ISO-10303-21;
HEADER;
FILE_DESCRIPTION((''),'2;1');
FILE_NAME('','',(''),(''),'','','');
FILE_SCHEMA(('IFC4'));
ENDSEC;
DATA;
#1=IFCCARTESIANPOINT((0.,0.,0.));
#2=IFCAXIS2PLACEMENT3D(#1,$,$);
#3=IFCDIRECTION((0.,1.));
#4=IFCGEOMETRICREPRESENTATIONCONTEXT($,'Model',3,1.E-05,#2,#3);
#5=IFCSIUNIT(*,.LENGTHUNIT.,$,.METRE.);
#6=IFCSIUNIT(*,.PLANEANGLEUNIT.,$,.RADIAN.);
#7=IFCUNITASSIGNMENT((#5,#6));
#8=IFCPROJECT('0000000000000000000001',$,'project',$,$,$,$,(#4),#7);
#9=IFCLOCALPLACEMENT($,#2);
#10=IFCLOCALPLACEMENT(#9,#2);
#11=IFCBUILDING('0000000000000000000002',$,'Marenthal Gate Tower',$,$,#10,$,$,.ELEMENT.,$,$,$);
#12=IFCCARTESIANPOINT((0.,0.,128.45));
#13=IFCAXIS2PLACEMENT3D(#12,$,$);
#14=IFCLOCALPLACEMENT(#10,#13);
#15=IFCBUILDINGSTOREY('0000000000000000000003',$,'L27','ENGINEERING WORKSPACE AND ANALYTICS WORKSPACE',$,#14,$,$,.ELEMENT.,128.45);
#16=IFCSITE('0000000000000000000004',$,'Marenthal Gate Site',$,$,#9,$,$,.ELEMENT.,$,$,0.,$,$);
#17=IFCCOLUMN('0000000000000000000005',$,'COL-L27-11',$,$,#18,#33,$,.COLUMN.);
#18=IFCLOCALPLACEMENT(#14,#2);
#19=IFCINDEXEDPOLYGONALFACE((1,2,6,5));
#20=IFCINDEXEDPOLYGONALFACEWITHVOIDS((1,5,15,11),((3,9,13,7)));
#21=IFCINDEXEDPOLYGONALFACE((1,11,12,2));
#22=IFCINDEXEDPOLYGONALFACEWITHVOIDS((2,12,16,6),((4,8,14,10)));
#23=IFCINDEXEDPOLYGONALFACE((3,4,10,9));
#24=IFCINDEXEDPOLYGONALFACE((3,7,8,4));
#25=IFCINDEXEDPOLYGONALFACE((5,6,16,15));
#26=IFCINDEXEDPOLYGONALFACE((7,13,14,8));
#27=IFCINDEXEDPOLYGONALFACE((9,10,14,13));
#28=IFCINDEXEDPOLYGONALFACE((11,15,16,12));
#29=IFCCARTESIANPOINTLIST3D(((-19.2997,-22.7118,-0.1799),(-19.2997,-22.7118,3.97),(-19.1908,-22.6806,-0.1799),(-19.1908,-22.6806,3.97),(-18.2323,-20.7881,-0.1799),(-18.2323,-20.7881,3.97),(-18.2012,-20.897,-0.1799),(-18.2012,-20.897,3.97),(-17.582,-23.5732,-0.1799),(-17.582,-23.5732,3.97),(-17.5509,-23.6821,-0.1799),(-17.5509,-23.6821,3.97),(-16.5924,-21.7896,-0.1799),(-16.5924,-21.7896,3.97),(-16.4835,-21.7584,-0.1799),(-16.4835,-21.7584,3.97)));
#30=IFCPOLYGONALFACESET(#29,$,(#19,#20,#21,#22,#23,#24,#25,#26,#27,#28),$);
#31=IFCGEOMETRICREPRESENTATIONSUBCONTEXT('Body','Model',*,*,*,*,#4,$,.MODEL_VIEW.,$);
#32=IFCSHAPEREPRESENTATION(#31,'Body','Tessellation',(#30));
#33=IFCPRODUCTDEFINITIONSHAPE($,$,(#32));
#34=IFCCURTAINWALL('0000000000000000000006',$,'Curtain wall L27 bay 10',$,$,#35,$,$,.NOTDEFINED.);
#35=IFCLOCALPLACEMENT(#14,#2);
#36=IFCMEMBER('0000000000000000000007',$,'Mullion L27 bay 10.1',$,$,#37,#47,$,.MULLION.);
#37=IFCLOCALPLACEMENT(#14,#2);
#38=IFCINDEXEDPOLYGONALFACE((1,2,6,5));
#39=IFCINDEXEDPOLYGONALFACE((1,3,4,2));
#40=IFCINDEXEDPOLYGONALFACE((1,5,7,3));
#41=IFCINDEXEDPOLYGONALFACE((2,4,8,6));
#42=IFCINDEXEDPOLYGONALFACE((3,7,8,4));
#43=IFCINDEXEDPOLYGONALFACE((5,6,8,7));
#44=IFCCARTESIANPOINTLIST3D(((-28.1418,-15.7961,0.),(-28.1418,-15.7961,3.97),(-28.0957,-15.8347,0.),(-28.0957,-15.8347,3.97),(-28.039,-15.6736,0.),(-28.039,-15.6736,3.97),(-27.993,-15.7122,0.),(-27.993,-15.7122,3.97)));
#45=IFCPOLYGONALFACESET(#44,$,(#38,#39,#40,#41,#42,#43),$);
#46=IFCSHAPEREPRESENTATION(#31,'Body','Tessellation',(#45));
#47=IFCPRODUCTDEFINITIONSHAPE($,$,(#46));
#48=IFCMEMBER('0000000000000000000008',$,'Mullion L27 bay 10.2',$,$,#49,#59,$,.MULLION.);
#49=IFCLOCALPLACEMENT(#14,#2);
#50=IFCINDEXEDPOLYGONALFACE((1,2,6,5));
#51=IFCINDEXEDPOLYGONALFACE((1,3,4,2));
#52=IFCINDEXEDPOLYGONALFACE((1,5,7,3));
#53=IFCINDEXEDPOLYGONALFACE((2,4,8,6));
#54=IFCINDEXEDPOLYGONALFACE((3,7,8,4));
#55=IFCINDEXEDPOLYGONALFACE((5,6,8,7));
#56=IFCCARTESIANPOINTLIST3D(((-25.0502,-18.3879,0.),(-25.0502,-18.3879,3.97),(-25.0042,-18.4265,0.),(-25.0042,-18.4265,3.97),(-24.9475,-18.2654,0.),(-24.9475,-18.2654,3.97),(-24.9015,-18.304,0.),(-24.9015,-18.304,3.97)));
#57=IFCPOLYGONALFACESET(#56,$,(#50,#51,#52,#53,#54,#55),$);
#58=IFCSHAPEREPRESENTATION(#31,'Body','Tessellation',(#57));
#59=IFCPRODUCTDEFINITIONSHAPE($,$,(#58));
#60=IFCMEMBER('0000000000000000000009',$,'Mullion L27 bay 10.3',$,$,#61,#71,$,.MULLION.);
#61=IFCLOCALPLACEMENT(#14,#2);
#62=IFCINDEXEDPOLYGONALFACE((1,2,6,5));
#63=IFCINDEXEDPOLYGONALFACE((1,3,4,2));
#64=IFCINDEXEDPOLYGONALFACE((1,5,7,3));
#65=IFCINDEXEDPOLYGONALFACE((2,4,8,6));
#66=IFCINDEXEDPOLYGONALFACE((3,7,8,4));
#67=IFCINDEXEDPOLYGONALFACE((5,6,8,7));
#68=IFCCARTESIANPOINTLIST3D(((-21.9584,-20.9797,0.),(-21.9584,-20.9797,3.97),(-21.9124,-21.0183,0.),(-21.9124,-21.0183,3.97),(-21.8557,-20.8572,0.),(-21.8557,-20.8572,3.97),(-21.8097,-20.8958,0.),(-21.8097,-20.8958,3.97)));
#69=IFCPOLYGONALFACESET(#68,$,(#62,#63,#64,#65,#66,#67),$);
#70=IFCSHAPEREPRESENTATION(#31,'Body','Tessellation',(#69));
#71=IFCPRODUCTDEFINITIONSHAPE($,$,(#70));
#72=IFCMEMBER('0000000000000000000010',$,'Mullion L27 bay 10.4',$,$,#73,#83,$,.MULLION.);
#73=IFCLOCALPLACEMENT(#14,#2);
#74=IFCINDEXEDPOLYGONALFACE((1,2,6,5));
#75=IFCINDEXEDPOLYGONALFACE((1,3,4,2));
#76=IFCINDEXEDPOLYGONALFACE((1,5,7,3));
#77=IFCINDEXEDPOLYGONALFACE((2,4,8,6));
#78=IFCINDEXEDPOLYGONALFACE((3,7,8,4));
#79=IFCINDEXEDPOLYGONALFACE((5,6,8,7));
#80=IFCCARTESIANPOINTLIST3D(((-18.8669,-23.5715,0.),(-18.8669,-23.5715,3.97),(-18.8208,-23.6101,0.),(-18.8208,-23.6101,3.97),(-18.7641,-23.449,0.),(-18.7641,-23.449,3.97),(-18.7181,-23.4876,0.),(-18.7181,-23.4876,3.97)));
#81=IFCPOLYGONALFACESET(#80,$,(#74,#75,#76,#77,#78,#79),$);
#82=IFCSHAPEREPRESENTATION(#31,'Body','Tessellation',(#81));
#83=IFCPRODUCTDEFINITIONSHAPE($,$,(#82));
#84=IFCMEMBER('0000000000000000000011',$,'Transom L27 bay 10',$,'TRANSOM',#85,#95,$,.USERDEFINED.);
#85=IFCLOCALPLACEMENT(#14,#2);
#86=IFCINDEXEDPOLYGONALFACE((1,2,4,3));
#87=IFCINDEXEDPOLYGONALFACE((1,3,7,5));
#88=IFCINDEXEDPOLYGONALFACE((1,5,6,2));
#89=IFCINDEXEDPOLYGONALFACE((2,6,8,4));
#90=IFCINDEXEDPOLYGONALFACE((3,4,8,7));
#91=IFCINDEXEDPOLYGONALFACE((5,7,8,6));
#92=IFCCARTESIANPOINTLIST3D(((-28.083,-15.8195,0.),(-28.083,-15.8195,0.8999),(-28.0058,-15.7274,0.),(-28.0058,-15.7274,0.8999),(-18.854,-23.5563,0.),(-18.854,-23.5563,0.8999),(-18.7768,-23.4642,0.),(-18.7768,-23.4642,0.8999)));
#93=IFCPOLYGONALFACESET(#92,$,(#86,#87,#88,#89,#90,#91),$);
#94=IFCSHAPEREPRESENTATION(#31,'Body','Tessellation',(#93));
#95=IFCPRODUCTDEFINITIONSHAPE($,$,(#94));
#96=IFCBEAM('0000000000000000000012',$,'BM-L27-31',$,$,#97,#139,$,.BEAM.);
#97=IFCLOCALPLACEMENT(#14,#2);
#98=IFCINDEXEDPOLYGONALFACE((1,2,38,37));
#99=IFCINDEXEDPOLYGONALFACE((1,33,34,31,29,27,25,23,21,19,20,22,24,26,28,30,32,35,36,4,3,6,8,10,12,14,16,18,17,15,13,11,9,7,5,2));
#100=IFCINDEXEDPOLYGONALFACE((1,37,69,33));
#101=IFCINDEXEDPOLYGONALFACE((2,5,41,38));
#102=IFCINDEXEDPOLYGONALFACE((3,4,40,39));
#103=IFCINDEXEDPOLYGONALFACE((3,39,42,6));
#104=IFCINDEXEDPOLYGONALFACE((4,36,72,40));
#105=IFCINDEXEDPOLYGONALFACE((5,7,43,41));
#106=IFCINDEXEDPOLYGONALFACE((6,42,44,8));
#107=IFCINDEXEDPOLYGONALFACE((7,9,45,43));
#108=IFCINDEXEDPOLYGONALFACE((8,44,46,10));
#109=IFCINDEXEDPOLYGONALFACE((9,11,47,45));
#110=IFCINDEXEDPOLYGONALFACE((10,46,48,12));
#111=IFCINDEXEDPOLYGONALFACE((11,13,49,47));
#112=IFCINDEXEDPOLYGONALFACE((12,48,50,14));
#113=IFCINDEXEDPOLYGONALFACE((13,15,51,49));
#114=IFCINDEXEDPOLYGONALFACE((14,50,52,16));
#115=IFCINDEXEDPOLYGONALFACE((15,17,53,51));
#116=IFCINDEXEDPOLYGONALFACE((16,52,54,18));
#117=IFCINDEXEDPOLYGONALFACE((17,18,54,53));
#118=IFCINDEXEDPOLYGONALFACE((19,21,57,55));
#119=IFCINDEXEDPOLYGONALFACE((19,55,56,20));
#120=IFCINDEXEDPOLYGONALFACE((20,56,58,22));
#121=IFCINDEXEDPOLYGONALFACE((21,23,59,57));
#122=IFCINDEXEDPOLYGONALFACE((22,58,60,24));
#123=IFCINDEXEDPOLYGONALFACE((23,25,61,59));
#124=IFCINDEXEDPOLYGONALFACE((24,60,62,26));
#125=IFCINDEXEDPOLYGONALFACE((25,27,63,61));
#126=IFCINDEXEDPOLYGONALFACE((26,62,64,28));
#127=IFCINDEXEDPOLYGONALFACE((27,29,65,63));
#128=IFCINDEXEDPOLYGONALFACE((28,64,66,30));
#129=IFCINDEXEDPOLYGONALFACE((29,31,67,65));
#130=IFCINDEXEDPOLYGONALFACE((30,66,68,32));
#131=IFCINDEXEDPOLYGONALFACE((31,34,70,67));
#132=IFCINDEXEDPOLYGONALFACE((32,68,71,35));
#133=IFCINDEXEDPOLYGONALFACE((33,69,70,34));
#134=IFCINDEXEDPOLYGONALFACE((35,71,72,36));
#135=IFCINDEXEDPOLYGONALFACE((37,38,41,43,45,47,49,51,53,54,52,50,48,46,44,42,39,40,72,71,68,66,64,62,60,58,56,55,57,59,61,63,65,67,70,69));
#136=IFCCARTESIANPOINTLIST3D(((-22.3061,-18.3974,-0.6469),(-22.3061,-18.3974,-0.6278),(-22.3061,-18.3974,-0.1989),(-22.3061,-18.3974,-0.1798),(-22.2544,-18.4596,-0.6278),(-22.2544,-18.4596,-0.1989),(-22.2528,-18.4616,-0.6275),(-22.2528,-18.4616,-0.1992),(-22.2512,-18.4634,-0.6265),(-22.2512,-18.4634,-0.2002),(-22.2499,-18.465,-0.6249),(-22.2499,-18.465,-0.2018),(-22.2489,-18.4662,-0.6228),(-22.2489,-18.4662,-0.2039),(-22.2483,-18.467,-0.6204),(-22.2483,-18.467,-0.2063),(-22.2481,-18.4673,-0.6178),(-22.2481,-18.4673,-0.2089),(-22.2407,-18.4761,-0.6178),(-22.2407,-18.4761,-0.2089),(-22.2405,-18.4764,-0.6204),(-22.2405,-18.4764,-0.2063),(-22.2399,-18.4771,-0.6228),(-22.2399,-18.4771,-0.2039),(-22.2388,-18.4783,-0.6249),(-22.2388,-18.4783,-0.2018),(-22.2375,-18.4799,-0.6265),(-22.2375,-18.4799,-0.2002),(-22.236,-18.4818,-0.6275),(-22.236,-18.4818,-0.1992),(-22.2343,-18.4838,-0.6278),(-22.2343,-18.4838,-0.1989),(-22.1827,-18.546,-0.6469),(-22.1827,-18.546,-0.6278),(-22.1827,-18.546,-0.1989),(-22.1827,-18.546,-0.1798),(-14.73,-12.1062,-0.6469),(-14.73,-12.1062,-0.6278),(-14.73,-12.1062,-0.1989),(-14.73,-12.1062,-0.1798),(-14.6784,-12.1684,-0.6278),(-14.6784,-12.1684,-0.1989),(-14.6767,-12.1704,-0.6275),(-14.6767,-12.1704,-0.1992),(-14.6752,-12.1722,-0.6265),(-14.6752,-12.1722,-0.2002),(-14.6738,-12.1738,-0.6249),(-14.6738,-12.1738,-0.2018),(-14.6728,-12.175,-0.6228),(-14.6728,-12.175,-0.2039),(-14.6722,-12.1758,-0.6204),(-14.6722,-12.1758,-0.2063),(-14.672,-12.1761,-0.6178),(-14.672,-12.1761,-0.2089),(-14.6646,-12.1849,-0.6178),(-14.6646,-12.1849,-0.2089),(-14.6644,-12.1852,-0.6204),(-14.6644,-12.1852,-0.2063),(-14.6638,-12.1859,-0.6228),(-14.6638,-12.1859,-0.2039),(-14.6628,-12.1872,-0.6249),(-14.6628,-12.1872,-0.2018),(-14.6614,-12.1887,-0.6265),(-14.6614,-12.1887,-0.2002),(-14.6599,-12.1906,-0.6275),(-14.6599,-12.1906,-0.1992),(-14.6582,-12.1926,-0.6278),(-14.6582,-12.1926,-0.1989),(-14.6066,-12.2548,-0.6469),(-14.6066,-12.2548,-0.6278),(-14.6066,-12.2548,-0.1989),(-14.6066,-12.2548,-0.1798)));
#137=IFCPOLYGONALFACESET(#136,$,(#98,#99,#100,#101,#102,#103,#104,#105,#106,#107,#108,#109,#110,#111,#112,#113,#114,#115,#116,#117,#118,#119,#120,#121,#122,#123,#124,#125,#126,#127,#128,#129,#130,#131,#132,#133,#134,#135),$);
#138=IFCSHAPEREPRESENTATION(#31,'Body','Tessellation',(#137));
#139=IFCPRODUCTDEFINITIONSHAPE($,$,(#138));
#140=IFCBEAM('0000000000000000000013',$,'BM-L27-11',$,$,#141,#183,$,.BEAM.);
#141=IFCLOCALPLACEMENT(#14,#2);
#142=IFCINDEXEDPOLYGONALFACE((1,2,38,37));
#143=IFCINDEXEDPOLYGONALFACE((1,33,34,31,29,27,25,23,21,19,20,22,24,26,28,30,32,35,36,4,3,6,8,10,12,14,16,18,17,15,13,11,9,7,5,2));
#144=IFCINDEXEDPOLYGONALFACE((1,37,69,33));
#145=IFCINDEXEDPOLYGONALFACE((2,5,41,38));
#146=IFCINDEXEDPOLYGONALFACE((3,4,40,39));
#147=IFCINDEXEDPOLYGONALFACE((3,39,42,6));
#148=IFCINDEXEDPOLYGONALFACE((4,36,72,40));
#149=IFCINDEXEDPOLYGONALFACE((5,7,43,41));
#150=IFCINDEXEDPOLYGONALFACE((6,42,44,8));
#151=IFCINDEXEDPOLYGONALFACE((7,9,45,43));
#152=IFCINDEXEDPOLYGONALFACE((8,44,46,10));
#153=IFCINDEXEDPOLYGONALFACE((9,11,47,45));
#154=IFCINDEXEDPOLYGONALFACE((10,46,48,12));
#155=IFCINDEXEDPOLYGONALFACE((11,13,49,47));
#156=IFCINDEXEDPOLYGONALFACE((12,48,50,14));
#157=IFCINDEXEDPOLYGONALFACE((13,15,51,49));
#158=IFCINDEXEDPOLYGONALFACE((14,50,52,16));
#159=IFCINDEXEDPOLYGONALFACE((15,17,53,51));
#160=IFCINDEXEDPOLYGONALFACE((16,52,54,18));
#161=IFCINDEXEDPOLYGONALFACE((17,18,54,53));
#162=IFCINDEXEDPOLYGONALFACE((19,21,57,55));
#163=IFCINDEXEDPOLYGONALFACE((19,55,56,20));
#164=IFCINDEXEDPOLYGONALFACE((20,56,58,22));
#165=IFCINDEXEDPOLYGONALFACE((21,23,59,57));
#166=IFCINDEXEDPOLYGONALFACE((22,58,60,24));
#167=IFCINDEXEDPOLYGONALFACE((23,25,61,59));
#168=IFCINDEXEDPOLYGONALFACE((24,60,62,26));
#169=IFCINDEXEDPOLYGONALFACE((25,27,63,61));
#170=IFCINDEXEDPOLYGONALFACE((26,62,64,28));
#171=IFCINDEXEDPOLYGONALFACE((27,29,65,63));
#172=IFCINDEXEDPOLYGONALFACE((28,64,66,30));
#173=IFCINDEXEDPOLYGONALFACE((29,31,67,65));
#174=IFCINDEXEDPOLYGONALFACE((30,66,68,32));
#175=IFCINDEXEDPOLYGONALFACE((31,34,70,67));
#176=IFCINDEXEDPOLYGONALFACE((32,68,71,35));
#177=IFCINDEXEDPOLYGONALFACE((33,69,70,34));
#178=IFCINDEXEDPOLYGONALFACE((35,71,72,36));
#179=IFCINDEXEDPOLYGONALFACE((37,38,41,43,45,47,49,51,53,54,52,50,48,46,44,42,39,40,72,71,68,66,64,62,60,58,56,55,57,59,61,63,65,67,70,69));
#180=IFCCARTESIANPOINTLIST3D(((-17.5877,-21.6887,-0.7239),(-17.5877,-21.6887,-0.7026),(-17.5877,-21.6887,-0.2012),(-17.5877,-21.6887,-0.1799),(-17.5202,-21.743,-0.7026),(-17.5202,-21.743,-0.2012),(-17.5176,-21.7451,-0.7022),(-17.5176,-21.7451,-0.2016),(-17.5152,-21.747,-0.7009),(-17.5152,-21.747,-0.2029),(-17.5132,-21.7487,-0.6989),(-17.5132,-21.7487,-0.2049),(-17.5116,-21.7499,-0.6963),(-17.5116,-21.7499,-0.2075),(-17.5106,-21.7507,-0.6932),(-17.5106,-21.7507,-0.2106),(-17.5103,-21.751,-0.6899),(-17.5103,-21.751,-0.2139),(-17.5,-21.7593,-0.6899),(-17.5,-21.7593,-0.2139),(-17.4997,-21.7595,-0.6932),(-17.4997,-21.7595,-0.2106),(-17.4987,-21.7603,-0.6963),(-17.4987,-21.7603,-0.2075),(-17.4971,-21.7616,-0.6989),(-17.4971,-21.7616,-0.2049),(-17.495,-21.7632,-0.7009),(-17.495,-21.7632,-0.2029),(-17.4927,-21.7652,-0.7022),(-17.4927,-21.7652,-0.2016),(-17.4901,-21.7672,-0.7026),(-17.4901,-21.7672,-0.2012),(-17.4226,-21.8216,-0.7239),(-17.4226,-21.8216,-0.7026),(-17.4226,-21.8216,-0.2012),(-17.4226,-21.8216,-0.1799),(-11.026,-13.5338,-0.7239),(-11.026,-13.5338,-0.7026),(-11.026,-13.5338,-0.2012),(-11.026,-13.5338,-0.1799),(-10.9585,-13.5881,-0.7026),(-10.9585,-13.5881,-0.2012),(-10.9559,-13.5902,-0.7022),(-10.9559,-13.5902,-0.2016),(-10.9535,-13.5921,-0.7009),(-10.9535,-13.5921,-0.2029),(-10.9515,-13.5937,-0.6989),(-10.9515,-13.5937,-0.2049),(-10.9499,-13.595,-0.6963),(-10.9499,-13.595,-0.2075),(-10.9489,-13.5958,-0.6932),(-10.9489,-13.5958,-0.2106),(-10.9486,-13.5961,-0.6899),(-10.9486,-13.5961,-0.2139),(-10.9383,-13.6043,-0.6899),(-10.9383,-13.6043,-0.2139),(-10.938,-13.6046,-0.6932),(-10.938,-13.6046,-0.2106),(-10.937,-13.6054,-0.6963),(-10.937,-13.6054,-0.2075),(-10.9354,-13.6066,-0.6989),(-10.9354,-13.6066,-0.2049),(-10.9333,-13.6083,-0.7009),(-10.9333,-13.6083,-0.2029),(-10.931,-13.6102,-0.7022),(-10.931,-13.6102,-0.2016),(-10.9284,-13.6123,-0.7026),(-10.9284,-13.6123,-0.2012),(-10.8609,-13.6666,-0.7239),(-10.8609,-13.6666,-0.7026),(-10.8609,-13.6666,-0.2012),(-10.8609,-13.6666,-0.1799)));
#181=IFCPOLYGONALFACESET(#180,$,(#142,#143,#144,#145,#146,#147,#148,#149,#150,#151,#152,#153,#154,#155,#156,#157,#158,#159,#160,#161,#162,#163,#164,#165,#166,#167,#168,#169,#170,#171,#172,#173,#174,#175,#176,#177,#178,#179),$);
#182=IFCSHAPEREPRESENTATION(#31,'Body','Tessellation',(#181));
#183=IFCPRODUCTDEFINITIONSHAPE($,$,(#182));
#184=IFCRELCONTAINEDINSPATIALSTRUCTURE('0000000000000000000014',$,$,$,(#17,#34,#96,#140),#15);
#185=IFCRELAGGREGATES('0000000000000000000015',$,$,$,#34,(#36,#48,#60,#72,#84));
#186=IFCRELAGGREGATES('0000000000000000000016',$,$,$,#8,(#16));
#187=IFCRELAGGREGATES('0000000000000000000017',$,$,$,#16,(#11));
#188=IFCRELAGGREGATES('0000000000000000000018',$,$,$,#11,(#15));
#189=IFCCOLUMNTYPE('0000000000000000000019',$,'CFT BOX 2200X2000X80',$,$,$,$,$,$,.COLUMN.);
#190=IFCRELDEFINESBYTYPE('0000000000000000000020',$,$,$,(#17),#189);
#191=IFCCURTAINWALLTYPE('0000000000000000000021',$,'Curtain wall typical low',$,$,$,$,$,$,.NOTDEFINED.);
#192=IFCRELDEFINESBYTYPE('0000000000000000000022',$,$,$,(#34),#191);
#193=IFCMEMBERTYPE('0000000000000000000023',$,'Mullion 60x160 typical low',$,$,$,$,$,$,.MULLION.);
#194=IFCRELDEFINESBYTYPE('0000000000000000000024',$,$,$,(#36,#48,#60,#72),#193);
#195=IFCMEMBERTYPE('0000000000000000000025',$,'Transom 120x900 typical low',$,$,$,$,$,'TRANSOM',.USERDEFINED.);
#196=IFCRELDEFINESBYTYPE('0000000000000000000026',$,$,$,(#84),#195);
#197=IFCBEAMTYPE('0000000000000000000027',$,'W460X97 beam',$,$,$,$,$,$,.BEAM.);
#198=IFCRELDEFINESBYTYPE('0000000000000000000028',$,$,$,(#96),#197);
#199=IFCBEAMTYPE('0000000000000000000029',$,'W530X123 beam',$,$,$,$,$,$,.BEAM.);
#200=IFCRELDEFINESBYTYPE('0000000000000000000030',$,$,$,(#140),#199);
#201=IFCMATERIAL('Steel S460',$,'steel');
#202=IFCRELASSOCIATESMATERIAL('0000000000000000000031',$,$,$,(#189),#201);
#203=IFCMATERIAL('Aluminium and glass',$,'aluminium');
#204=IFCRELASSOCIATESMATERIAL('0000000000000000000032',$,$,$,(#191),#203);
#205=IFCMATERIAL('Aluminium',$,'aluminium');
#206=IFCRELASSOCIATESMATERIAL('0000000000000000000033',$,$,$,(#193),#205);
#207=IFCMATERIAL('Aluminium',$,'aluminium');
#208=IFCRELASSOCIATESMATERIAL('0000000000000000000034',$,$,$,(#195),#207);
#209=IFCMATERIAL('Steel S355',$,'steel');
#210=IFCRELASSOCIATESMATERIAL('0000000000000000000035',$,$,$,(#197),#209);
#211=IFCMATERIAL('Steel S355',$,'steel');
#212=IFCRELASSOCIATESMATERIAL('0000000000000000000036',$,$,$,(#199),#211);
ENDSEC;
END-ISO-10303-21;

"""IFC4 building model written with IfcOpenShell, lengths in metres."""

from ifc_helpers import new_model, si_unit, direction, frame, origin, origin_2d, place, context, subcontext, project, spatial, rectangle, hollow_rectangle, i_section, extrude, material, material_profile, profile_set, type_object, element, aggregate, save


model = new_model("IFC4")

# Units and contexts
model_context = context("Model", 3, precision=1e-05, world=origin(), true_north=direction((0.0, 1.0)))
body_context = subcontext(model_context, "Body", "Model", "MODEL_VIEW")
ifc_project = project(units=[si_unit("LENGTHUNIT", "METRE"), si_unit("PLANEANGLEUNIT", "RADIAN")], contexts=[model_context])

# Site, building, storey
site_placement = place(None, origin())
site = spatial("IfcSite", under=ifc_project, at=site_placement, Name="Marenthal Gate Site", CompositionType="ELEMENT", RefElevation=0.0)
building_placement = place(site_placement, origin())
building = spatial("IfcBuilding", under=site, at=building_placement, Name="Marenthal Gate Tower", CompositionType="ELEMENT")
storey_placement = place(building_placement, frame((0.0, 0.0, 128.45)))
storey = spatial("IfcBuildingStorey", under=building, at=storey_placement, Name="L27", Description="ENGINEERING WORKSPACE AND ANALYTICS WORKSPACE", CompositionType="ELEMENT", Elevation=128.45)

# Column
ifc_material_1 = material(Name="Steel S460", Category="steel")
ifc_material_profile_1 = material_profile(ifc_material_1, hollow_rectangle(XDim=2.0, YDim=2.2, WallThickness=0.0801, at=origin_2d()), Name="CFT BOX 2200X2000X80")
ifc_material_2 = material(Name="Concrete 70 MPa", Category="concrete")
ifc_material_profile_2 = material_profile(ifc_material_2, rectangle(XDim=1.8401, YDim=2.04, at=origin_2d()), Name="CFT BOX 2200X2000X80 INFILL")
ifc_profile_set_1 = profile_set([ifc_material_profile_1, ifc_material_profile_2], Name="Steel S460 shell, Concrete 70 MPa infill")
column_type = type_object("IfcColumnType", Name="CFT BOX 2200X2000X80", PredefinedType="COLUMN", material=ifc_profile_set_1)
column_placement = place(storey_placement, frame((-17.8916, -22.2351, -0.1799), z_axis=(0.0, 0.0, 1.0), x_axis=(-0.874418, 0.485173, 0.0)))
element("IfcColumn", 1, at=column_placement, inside=storey, type_object=column_type, Name="COL-L27-11", PredefinedType="COLUMN", context=body_context, shape_type="SweptSolid", body=[
    extrude(hollow_rectangle(XDim=2.0, YDim=2.2, WallThickness=0.0801, at=origin_2d()), origin(), (0.0, 0.0, 1.0), 4.1499),
])

# Curtain wall, members
ifc_material_3 = material(Name="Aluminium and glass", Category="aluminium")
curtain_wall_type = type_object("IfcCurtainWallType", Name="Curtain wall typical low", PredefinedType="NOTDEFINED", material=ifc_material_3)
curtain_wall_placement = place(storey_placement, origin())
curtain_wall = element("IfcCurtainWall", 2, at=curtain_wall_placement, inside=storey, type_object=curtain_wall_type, Name="Curtain wall L27 bay 10", PredefinedType="NOTDEFINED")
ifc_material_4 = material(Name="Aluminium", Category="aluminium")
ifc_material_profile_3 = material_profile(ifc_material_4, rectangle(XDim=0.1599, YDim=0.0601, at=origin_2d()), Name="60x160 aluminium mullion")
ifc_profile_set_2 = profile_set([ifc_material_profile_3], Name="Aluminium")
member_type_1 = type_object("IfcMemberType", Name="Mullion 60x160 typical low", PredefinedType="MULLION", material=ifc_profile_set_2)
member_1_placement = place(storey_placement, frame((-28.0674, -15.7542, 0.0), z_axis=(0.0, 0.0, 1.0), x_axis=(0.642438, 0.766338, 0.0)))
member_1 = element("IfcMember", 3, at=member_1_placement, type_object=member_type_1, Name="Mullion L27 bay 10.1", PredefinedType="MULLION", context=body_context, shape_type="SweptSolid", body=[
    extrude(rectangle(XDim=0.1599, YDim=0.0601, at=origin_2d()), origin(), (0.0, 0.0, 1.0), 3.97),
])
member_2_placement = place(storey_placement, frame((-24.9758, -18.3459, 0.0), z_axis=(0.0, 0.0, 1.0), x_axis=(0.642438, 0.766338, 0.0)))
member_2 = element("IfcMember", 4, at=member_2_placement, type_object=member_type_1, Name="Mullion L27 bay 10.2", PredefinedType="MULLION", context=body_context, shape_type="SweptSolid", body=[
    extrude(rectangle(XDim=0.1599, YDim=0.0601, at=origin_2d()), origin(), (0.0, 0.0, 1.0), 3.97),
])
member_3_placement = place(storey_placement, frame((-21.884, -20.9377, 0.0), z_axis=(0.0, 0.0, 1.0), x_axis=(0.642438, 0.766338, 0.0)))
member_3 = element("IfcMember", 5, at=member_3_placement, type_object=member_type_1, Name="Mullion L27 bay 10.3", PredefinedType="MULLION", context=body_context, shape_type="SweptSolid", body=[
    extrude(rectangle(XDim=0.1599, YDim=0.0601, at=origin_2d()), origin(), (0.0, 0.0, 1.0), 3.97),
])
member_4_placement = place(storey_placement, frame((-18.7925, -23.5295, 0.0), z_axis=(0.0, 0.0, 1.0), x_axis=(0.642438, 0.766338, 0.0)))
member_4 = element("IfcMember", 6, at=member_4_placement, type_object=member_type_1, Name="Mullion L27 bay 10.4", PredefinedType="MULLION", context=body_context, shape_type="SweptSolid", body=[
    extrude(rectangle(XDim=0.1599, YDim=0.0601, at=origin_2d()), origin(), (0.0, 0.0, 1.0), 3.97),
])
ifc_material_5 = material(Name="Aluminium", Category="aluminium")
ifc_material_profile_4 = material_profile(ifc_material_5, rectangle(XDim=0.1201, YDim=0.8999, at=origin_2d()), Name="120x900 aluminium transom")
ifc_profile_set_3 = profile_set([ifc_material_profile_4], Name="Aluminium")
member_type_2 = type_object("IfcMemberType", Name="Transom 120x900 typical low", ElementType="TRANSOM", PredefinedType="USERDEFINED", material=ifc_profile_set_3)
member_5_placement = place(storey_placement, frame((-28.0444, -15.7734, 0.45), z_axis=(0.76634, -0.642435, 0.0), x_axis=(0.642435, 0.76634, 0.0)))
member_5 = element("IfcMember", 7, at=member_5_placement, type_object=member_type_2, Name="Transom L27 bay 10", ObjectType="TRANSOM", PredefinedType="USERDEFINED", context=body_context, shape_type="SweptSolid", body=[
    extrude(rectangle(XDim=0.1201, YDim=0.8999, at=origin_2d()), origin(), (0.0, 0.0, 1.0), 12.043),
])

# Beams
ifc_material_6 = material(Name="Steel S355", Category="steel")
ifc_material_profile_5 = material_profile(ifc_material_6, i_section(OverallWidth=0.1931, OverallDepth=0.467, WebThickness=0.0115, FlangeThickness=0.019, FilletRadius=0.01, at=origin_2d()), Name="W460X97")
ifc_profile_set_4 = profile_set([ifc_material_profile_5], Name="Steel S355")
beam_type_1 = type_object("IfcBeamType", Name="W460X97 beam", PredefinedType="BEAM", material=ifc_profile_set_4)
beam_1_placement = place(storey_placement, frame((-22.2444, -18.4717, -0.4133), z_axis=(0.76933, 0.638852, 0.0), x_axis=(-0.638852, 0.76933, 0.0)))
element("IfcBeam", 8, at=beam_1_placement, inside=storey, type_object=beam_type_1, Name="BM-L27-31", PredefinedType="BEAM", context=body_context, shape_type="SweptSolid", body=[
    extrude(i_section(OverallWidth=0.1931, OverallDepth=0.467, WebThickness=0.0115, FlangeThickness=0.019, FilletRadius=0.01, at=origin_2d()), origin(), (0.0, 0.0, 1.0), 9.8477),
])
ifc_material_7 = material(Name="Steel S355", Category="steel")
ifc_material_profile_6 = material_profile(ifc_material_7, i_section(OverallWidth=0.2119, OverallDepth=0.5439, WebThickness=0.0132, FlangeThickness=0.0212, FilletRadius=0.0127, at=origin_2d()), Name="W530X123")
ifc_profile_set_5 = profile_set([ifc_material_profile_6], Name="Steel S355")
beam_type_2 = type_object("IfcBeamType", Name="W530X123 beam", PredefinedType="BEAM", material=ifc_profile_set_5)
beam_2_placement = place(storey_placement, frame((-17.5051, -21.7551, -0.4519), z_axis=(0.626891, 0.779107, 0.0), x_axis=(-0.779107, 0.626891, 0.0)))
element("IfcBeam", 9, at=beam_2_placement, inside=storey, type_object=beam_type_2, Name="BM-L27-11", PredefinedType="BEAM", context=body_context, shape_type="SweptSolid", body=[
    extrude(i_section(OverallWidth=0.2119, OverallDepth=0.5439, WebThickness=0.0132, FlangeThickness=0.0212, FilletRadius=0.0127, at=origin_2d()), origin(), (0.0, 0.0, 1.0), 10.467),
])

aggregate(curtain_wall, [member_1, member_2, member_3, member_4, member_5])

save(model, "model.ifc")
